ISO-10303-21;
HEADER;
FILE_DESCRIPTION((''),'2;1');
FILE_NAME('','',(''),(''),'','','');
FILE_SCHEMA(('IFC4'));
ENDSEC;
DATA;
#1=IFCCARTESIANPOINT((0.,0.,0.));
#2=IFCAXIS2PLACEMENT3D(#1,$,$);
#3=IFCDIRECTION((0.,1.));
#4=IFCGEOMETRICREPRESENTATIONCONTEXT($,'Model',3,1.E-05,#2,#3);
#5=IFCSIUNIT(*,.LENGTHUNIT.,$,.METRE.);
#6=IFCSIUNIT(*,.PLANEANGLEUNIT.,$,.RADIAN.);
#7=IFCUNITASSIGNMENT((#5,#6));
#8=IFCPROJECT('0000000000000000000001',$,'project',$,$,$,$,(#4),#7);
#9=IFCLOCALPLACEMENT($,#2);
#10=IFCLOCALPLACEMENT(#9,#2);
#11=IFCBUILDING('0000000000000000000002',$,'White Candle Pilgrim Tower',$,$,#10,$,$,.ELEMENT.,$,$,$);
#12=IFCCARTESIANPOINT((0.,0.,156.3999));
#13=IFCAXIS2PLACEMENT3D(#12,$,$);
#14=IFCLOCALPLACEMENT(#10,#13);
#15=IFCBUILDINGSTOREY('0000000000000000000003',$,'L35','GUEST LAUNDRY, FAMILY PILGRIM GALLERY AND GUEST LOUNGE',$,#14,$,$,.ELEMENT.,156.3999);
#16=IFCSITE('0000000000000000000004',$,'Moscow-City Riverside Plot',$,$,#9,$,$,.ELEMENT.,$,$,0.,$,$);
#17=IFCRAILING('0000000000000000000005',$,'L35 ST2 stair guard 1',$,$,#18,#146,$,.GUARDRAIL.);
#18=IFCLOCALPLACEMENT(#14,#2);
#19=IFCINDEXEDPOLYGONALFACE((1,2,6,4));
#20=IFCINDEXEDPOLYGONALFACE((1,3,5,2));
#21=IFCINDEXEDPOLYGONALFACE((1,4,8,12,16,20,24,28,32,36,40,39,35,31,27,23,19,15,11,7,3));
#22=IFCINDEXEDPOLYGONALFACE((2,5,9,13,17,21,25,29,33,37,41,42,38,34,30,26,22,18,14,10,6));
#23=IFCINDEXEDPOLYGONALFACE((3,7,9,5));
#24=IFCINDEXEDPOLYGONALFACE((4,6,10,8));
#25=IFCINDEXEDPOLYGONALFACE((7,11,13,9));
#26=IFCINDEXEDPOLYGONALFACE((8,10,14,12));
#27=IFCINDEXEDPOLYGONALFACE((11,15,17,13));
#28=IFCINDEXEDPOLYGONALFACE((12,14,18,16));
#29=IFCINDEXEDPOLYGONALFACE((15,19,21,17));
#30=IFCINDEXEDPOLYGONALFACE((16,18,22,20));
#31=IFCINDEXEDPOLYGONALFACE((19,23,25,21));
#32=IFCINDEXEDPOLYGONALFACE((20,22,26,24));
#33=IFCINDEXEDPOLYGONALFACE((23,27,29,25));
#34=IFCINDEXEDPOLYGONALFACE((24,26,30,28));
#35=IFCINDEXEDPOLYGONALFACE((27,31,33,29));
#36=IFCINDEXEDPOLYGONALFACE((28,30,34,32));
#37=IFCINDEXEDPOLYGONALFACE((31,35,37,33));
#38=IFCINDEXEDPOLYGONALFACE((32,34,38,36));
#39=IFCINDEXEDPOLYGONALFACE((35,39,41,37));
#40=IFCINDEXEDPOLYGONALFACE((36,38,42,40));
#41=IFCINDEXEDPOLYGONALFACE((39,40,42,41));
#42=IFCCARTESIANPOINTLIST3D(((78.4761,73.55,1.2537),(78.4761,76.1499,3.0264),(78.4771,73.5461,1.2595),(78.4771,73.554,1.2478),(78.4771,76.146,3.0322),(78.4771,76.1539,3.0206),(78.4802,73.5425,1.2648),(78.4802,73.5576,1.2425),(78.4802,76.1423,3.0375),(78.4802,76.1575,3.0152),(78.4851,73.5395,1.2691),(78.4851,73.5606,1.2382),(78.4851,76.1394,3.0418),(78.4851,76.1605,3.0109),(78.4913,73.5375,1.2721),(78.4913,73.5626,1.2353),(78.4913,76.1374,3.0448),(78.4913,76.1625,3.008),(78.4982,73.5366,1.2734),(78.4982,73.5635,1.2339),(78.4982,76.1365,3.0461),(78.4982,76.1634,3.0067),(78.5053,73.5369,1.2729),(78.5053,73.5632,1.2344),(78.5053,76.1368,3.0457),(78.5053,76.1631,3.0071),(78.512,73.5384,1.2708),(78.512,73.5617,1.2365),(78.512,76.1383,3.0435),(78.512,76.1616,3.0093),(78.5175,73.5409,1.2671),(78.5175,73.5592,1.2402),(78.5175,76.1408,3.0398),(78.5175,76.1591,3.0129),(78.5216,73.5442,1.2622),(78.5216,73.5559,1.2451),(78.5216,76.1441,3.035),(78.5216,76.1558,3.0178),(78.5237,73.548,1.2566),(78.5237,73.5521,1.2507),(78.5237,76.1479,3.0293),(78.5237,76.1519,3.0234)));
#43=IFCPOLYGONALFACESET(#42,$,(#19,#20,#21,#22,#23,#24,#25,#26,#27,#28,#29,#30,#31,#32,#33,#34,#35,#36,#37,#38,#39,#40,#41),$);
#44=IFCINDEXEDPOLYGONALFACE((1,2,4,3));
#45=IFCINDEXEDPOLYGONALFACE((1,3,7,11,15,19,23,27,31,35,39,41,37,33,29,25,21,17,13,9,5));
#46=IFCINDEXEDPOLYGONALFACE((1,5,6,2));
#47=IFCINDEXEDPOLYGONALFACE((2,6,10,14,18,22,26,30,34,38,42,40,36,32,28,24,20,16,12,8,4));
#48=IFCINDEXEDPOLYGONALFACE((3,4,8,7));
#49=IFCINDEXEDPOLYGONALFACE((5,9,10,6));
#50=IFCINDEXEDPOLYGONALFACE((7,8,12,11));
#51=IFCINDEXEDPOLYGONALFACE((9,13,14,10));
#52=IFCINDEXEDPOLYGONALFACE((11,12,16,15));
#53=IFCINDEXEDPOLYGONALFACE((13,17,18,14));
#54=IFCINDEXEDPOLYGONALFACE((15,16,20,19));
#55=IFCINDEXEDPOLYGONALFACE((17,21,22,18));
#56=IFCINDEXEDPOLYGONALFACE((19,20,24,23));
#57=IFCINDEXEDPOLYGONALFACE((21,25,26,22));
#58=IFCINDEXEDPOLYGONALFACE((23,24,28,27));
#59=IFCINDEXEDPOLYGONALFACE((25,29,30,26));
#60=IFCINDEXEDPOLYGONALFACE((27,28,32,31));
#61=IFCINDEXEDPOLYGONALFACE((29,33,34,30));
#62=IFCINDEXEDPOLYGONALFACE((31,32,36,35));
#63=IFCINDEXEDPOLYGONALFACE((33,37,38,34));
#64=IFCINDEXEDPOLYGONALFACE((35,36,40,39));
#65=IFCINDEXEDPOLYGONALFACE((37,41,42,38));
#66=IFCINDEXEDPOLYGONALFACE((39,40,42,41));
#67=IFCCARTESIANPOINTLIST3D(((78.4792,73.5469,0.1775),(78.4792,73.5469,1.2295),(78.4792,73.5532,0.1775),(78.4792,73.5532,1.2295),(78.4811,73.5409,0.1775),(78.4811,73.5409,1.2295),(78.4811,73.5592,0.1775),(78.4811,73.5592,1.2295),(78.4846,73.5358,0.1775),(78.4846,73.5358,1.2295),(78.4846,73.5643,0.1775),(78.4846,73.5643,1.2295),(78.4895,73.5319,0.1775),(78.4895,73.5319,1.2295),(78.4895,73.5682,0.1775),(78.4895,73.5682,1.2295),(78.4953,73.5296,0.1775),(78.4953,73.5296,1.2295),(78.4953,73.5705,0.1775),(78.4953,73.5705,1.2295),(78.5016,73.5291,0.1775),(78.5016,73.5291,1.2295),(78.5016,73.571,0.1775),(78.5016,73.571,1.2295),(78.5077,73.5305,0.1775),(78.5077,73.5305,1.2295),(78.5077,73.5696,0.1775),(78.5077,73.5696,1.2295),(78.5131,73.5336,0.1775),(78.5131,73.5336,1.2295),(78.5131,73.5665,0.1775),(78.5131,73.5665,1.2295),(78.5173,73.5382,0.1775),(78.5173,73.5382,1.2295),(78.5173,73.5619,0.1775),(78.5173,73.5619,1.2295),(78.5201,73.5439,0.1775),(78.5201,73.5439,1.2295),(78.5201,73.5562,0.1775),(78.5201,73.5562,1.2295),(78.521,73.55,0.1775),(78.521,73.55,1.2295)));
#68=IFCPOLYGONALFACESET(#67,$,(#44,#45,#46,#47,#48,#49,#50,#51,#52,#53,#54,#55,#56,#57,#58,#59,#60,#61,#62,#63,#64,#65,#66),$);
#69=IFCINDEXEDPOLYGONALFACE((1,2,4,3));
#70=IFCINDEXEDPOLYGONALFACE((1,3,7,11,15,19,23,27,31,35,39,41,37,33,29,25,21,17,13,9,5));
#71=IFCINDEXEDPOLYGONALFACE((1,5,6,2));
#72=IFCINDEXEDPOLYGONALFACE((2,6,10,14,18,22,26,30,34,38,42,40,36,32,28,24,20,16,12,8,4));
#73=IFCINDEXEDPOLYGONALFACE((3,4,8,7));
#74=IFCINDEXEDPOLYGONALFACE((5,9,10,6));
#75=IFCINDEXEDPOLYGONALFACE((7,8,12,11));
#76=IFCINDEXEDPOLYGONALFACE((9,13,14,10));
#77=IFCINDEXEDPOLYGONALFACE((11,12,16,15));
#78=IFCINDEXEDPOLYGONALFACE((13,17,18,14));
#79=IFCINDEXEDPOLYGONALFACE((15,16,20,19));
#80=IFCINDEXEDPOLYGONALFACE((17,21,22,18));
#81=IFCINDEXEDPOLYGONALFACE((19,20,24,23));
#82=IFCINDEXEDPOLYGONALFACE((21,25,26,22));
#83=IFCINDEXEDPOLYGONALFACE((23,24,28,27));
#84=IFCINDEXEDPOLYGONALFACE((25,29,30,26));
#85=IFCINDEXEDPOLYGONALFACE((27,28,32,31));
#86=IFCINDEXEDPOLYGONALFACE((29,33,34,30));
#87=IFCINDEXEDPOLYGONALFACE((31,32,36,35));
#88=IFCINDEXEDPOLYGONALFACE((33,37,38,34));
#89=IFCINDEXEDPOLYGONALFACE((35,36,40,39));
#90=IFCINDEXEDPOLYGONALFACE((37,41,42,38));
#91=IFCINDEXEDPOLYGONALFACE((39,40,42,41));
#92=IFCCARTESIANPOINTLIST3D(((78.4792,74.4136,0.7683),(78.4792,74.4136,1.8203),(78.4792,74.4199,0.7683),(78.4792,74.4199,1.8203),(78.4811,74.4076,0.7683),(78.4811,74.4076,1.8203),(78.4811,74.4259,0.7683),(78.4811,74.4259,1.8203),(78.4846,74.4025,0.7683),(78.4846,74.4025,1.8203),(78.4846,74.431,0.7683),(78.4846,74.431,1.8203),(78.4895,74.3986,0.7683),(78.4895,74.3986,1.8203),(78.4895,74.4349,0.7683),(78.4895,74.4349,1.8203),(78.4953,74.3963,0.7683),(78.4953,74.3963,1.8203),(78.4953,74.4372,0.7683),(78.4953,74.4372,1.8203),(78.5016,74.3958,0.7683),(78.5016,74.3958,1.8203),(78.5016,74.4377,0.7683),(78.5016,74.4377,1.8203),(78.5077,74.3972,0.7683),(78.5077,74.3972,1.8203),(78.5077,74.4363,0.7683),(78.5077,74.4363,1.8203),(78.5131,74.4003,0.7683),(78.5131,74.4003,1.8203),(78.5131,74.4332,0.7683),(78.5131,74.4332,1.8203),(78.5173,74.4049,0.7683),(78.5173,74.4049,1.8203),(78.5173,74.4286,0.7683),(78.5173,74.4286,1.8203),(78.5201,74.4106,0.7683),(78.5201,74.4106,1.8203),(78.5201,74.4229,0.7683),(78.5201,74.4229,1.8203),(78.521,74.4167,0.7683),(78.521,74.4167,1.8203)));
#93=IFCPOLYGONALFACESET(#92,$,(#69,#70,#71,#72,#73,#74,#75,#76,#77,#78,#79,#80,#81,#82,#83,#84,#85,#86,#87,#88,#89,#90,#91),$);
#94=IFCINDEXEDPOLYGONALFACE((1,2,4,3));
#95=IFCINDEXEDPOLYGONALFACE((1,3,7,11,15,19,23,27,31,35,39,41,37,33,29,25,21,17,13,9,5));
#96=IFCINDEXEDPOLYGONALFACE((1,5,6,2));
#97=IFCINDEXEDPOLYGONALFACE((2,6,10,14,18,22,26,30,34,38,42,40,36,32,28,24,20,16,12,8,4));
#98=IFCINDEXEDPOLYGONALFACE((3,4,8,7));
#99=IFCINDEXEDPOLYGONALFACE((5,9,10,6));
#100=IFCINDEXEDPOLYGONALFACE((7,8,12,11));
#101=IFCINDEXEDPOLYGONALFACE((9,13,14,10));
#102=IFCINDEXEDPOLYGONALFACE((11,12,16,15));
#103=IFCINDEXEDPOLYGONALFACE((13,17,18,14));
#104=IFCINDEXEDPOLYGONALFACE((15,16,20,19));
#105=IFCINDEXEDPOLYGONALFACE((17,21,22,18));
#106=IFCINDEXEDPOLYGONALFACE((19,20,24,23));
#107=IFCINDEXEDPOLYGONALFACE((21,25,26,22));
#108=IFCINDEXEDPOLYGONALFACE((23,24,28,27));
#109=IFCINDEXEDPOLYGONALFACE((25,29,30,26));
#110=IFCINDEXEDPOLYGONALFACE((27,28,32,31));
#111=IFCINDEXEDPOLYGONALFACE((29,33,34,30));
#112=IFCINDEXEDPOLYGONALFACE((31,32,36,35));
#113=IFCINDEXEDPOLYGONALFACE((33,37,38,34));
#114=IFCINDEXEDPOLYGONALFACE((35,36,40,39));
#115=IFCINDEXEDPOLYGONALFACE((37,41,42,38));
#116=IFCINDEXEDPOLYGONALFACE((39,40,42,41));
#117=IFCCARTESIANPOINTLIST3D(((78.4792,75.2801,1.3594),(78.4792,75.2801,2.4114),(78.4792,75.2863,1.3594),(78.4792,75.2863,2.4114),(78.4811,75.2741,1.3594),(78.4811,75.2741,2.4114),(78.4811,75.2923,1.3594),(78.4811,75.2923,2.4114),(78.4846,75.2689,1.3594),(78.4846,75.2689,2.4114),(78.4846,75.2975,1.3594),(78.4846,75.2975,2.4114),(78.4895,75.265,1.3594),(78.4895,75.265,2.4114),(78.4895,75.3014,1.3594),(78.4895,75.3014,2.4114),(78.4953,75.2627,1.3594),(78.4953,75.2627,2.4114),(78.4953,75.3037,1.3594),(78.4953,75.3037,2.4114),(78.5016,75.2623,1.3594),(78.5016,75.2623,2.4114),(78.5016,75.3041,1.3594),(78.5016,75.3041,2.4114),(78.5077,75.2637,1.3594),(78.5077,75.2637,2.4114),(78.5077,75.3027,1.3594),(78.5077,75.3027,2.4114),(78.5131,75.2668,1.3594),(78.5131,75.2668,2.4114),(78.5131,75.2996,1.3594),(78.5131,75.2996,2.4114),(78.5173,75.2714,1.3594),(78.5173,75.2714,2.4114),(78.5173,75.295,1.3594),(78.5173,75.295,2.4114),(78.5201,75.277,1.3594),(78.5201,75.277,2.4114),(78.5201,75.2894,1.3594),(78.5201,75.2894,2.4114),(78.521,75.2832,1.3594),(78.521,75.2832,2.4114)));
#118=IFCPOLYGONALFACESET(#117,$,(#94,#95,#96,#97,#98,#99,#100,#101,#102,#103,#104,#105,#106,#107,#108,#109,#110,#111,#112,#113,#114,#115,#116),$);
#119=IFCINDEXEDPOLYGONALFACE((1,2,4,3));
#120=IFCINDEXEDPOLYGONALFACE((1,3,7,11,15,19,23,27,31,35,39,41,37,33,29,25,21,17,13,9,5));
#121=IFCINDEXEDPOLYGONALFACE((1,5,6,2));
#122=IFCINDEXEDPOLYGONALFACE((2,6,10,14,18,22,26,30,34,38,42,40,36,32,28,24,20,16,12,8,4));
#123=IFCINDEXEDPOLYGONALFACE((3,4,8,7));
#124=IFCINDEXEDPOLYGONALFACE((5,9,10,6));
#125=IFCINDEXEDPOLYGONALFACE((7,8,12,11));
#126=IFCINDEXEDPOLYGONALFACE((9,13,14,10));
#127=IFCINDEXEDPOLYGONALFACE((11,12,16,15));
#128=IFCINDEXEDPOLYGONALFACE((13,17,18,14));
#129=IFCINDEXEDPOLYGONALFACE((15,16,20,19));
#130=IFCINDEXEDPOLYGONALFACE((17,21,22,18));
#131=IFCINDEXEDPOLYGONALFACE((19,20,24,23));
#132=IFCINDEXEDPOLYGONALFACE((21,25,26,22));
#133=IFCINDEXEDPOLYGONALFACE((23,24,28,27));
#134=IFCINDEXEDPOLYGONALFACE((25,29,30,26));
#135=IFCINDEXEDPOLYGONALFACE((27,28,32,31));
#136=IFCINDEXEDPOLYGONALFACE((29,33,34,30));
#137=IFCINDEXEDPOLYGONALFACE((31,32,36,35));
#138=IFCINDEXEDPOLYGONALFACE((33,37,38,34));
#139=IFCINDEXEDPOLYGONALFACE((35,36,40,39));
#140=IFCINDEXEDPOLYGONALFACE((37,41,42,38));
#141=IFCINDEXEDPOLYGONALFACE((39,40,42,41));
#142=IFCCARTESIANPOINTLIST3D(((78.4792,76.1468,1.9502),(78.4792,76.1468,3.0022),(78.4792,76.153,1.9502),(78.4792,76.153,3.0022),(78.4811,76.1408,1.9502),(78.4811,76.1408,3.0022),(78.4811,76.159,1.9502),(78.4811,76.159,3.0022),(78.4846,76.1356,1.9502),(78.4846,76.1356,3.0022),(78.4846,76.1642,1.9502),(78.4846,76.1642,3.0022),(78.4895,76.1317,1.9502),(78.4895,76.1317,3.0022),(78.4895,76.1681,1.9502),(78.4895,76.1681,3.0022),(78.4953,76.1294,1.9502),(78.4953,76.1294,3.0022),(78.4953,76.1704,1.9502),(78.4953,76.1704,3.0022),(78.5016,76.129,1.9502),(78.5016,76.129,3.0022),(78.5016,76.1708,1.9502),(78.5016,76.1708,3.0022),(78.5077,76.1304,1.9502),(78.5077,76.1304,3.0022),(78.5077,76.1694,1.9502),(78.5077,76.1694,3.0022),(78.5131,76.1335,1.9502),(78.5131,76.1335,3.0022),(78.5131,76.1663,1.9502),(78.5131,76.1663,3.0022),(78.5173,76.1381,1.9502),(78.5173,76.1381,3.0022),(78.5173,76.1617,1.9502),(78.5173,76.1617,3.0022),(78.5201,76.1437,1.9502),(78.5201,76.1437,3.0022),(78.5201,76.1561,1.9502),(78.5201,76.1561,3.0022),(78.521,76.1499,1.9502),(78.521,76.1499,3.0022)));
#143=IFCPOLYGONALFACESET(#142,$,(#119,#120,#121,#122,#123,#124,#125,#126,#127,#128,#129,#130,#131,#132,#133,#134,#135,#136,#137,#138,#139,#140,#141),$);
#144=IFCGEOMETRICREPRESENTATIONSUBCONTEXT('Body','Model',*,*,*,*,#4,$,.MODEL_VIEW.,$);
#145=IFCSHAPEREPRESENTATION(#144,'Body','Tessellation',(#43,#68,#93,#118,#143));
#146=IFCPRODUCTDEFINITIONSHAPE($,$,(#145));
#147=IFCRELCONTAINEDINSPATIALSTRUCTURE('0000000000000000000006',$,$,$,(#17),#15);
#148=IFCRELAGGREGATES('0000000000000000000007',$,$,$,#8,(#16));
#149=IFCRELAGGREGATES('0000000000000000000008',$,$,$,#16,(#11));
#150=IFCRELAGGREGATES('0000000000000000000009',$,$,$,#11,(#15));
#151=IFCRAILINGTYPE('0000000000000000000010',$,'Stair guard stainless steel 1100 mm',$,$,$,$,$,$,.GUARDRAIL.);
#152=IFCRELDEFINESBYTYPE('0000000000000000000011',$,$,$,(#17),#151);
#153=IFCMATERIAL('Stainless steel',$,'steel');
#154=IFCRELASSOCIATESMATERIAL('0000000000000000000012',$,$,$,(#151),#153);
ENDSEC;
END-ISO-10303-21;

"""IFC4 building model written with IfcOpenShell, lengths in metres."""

from ifc_helpers import new_model, si_unit, direction, frame, origin, origin_2d, place, context, subcontext, project, spatial, circle, extrude, material, type_object, element, save


model = new_model("IFC4")

# Units and contexts
model_context = context("Model", 3, precision=1e-05, world=origin(), true_north=direction((0.0, 1.0)))
body_context = subcontext(model_context, "Body", "Model", "MODEL_VIEW")
ifc_project = project(units=[si_unit("LENGTHUNIT", "METRE"), si_unit("PLANEANGLEUNIT", "RADIAN")], contexts=[model_context])

# Site, building, storey
site_placement = place(None, origin())
site = spatial("IfcSite", under=ifc_project, at=site_placement, Name="Moscow-City Riverside Plot", CompositionType="ELEMENT", RefElevation=0.0)
building_placement = place(site_placement, origin())
building = spatial("IfcBuilding", under=site, at=building_placement, Name="White Candle Pilgrim Tower", CompositionType="ELEMENT")
storey_placement = place(building_placement, frame((0.0, 0.0, 156.3999)))
storey = spatial("IfcBuildingStorey", under=building, at=storey_placement, Name="L35", Description="GUEST LAUNDRY, FAMILY PILGRIM GALLERY AND GUEST LOUNGE", CompositionType="ELEMENT", Elevation=156.3999)

# Railing
ifc_material_1 = material(Name="Stainless steel", Category="steel")
railing_type = type_object("IfcRailingType", Name="Stair guard stainless steel 1100 mm", PredefinedType="GUARDRAIL", material=ifc_material_1)
railing_1_placement = place(storey_placement, frame((78.5, 73.55, 0.1775)))
element("IfcRailing", 1, at=railing_1_placement, inside=storey, type_object=railing_type, Name="L35 ST2 stair guard 1", PredefinedType="GUARDRAIL", context=body_context, shape_type="SweptSolid", body=[
    extrude(circle(Radius=0.0239, at=origin_2d()), frame((0.0, 0.0, 1.0762), z_axis=(0.0, 0.826216, 0.563354), x_axis=(-1.0, 0.0, 0.0)), (0.0, 0.0, 1.0), 3.1467),
    extrude(circle(Radius=0.021, at=origin_2d()), origin(), (0.0, 0.0, 1.0), 1.052),
    extrude(circle(Radius=0.021, at=origin_2d()), frame((0.0, 0.8667, 0.5908)), (0.0, 0.0, 1.0), 1.052),
    extrude(circle(Radius=0.021, at=origin_2d()), frame((0.0, 1.7332, 1.1819)), (0.0, 0.0, 1.0), 1.052),
    extrude(circle(Radius=0.021, at=origin_2d()), frame((0.0, 2.5999, 1.7727)), (0.0, 0.0, 1.0), 1.052),
])

save(model, "model.ifc")
